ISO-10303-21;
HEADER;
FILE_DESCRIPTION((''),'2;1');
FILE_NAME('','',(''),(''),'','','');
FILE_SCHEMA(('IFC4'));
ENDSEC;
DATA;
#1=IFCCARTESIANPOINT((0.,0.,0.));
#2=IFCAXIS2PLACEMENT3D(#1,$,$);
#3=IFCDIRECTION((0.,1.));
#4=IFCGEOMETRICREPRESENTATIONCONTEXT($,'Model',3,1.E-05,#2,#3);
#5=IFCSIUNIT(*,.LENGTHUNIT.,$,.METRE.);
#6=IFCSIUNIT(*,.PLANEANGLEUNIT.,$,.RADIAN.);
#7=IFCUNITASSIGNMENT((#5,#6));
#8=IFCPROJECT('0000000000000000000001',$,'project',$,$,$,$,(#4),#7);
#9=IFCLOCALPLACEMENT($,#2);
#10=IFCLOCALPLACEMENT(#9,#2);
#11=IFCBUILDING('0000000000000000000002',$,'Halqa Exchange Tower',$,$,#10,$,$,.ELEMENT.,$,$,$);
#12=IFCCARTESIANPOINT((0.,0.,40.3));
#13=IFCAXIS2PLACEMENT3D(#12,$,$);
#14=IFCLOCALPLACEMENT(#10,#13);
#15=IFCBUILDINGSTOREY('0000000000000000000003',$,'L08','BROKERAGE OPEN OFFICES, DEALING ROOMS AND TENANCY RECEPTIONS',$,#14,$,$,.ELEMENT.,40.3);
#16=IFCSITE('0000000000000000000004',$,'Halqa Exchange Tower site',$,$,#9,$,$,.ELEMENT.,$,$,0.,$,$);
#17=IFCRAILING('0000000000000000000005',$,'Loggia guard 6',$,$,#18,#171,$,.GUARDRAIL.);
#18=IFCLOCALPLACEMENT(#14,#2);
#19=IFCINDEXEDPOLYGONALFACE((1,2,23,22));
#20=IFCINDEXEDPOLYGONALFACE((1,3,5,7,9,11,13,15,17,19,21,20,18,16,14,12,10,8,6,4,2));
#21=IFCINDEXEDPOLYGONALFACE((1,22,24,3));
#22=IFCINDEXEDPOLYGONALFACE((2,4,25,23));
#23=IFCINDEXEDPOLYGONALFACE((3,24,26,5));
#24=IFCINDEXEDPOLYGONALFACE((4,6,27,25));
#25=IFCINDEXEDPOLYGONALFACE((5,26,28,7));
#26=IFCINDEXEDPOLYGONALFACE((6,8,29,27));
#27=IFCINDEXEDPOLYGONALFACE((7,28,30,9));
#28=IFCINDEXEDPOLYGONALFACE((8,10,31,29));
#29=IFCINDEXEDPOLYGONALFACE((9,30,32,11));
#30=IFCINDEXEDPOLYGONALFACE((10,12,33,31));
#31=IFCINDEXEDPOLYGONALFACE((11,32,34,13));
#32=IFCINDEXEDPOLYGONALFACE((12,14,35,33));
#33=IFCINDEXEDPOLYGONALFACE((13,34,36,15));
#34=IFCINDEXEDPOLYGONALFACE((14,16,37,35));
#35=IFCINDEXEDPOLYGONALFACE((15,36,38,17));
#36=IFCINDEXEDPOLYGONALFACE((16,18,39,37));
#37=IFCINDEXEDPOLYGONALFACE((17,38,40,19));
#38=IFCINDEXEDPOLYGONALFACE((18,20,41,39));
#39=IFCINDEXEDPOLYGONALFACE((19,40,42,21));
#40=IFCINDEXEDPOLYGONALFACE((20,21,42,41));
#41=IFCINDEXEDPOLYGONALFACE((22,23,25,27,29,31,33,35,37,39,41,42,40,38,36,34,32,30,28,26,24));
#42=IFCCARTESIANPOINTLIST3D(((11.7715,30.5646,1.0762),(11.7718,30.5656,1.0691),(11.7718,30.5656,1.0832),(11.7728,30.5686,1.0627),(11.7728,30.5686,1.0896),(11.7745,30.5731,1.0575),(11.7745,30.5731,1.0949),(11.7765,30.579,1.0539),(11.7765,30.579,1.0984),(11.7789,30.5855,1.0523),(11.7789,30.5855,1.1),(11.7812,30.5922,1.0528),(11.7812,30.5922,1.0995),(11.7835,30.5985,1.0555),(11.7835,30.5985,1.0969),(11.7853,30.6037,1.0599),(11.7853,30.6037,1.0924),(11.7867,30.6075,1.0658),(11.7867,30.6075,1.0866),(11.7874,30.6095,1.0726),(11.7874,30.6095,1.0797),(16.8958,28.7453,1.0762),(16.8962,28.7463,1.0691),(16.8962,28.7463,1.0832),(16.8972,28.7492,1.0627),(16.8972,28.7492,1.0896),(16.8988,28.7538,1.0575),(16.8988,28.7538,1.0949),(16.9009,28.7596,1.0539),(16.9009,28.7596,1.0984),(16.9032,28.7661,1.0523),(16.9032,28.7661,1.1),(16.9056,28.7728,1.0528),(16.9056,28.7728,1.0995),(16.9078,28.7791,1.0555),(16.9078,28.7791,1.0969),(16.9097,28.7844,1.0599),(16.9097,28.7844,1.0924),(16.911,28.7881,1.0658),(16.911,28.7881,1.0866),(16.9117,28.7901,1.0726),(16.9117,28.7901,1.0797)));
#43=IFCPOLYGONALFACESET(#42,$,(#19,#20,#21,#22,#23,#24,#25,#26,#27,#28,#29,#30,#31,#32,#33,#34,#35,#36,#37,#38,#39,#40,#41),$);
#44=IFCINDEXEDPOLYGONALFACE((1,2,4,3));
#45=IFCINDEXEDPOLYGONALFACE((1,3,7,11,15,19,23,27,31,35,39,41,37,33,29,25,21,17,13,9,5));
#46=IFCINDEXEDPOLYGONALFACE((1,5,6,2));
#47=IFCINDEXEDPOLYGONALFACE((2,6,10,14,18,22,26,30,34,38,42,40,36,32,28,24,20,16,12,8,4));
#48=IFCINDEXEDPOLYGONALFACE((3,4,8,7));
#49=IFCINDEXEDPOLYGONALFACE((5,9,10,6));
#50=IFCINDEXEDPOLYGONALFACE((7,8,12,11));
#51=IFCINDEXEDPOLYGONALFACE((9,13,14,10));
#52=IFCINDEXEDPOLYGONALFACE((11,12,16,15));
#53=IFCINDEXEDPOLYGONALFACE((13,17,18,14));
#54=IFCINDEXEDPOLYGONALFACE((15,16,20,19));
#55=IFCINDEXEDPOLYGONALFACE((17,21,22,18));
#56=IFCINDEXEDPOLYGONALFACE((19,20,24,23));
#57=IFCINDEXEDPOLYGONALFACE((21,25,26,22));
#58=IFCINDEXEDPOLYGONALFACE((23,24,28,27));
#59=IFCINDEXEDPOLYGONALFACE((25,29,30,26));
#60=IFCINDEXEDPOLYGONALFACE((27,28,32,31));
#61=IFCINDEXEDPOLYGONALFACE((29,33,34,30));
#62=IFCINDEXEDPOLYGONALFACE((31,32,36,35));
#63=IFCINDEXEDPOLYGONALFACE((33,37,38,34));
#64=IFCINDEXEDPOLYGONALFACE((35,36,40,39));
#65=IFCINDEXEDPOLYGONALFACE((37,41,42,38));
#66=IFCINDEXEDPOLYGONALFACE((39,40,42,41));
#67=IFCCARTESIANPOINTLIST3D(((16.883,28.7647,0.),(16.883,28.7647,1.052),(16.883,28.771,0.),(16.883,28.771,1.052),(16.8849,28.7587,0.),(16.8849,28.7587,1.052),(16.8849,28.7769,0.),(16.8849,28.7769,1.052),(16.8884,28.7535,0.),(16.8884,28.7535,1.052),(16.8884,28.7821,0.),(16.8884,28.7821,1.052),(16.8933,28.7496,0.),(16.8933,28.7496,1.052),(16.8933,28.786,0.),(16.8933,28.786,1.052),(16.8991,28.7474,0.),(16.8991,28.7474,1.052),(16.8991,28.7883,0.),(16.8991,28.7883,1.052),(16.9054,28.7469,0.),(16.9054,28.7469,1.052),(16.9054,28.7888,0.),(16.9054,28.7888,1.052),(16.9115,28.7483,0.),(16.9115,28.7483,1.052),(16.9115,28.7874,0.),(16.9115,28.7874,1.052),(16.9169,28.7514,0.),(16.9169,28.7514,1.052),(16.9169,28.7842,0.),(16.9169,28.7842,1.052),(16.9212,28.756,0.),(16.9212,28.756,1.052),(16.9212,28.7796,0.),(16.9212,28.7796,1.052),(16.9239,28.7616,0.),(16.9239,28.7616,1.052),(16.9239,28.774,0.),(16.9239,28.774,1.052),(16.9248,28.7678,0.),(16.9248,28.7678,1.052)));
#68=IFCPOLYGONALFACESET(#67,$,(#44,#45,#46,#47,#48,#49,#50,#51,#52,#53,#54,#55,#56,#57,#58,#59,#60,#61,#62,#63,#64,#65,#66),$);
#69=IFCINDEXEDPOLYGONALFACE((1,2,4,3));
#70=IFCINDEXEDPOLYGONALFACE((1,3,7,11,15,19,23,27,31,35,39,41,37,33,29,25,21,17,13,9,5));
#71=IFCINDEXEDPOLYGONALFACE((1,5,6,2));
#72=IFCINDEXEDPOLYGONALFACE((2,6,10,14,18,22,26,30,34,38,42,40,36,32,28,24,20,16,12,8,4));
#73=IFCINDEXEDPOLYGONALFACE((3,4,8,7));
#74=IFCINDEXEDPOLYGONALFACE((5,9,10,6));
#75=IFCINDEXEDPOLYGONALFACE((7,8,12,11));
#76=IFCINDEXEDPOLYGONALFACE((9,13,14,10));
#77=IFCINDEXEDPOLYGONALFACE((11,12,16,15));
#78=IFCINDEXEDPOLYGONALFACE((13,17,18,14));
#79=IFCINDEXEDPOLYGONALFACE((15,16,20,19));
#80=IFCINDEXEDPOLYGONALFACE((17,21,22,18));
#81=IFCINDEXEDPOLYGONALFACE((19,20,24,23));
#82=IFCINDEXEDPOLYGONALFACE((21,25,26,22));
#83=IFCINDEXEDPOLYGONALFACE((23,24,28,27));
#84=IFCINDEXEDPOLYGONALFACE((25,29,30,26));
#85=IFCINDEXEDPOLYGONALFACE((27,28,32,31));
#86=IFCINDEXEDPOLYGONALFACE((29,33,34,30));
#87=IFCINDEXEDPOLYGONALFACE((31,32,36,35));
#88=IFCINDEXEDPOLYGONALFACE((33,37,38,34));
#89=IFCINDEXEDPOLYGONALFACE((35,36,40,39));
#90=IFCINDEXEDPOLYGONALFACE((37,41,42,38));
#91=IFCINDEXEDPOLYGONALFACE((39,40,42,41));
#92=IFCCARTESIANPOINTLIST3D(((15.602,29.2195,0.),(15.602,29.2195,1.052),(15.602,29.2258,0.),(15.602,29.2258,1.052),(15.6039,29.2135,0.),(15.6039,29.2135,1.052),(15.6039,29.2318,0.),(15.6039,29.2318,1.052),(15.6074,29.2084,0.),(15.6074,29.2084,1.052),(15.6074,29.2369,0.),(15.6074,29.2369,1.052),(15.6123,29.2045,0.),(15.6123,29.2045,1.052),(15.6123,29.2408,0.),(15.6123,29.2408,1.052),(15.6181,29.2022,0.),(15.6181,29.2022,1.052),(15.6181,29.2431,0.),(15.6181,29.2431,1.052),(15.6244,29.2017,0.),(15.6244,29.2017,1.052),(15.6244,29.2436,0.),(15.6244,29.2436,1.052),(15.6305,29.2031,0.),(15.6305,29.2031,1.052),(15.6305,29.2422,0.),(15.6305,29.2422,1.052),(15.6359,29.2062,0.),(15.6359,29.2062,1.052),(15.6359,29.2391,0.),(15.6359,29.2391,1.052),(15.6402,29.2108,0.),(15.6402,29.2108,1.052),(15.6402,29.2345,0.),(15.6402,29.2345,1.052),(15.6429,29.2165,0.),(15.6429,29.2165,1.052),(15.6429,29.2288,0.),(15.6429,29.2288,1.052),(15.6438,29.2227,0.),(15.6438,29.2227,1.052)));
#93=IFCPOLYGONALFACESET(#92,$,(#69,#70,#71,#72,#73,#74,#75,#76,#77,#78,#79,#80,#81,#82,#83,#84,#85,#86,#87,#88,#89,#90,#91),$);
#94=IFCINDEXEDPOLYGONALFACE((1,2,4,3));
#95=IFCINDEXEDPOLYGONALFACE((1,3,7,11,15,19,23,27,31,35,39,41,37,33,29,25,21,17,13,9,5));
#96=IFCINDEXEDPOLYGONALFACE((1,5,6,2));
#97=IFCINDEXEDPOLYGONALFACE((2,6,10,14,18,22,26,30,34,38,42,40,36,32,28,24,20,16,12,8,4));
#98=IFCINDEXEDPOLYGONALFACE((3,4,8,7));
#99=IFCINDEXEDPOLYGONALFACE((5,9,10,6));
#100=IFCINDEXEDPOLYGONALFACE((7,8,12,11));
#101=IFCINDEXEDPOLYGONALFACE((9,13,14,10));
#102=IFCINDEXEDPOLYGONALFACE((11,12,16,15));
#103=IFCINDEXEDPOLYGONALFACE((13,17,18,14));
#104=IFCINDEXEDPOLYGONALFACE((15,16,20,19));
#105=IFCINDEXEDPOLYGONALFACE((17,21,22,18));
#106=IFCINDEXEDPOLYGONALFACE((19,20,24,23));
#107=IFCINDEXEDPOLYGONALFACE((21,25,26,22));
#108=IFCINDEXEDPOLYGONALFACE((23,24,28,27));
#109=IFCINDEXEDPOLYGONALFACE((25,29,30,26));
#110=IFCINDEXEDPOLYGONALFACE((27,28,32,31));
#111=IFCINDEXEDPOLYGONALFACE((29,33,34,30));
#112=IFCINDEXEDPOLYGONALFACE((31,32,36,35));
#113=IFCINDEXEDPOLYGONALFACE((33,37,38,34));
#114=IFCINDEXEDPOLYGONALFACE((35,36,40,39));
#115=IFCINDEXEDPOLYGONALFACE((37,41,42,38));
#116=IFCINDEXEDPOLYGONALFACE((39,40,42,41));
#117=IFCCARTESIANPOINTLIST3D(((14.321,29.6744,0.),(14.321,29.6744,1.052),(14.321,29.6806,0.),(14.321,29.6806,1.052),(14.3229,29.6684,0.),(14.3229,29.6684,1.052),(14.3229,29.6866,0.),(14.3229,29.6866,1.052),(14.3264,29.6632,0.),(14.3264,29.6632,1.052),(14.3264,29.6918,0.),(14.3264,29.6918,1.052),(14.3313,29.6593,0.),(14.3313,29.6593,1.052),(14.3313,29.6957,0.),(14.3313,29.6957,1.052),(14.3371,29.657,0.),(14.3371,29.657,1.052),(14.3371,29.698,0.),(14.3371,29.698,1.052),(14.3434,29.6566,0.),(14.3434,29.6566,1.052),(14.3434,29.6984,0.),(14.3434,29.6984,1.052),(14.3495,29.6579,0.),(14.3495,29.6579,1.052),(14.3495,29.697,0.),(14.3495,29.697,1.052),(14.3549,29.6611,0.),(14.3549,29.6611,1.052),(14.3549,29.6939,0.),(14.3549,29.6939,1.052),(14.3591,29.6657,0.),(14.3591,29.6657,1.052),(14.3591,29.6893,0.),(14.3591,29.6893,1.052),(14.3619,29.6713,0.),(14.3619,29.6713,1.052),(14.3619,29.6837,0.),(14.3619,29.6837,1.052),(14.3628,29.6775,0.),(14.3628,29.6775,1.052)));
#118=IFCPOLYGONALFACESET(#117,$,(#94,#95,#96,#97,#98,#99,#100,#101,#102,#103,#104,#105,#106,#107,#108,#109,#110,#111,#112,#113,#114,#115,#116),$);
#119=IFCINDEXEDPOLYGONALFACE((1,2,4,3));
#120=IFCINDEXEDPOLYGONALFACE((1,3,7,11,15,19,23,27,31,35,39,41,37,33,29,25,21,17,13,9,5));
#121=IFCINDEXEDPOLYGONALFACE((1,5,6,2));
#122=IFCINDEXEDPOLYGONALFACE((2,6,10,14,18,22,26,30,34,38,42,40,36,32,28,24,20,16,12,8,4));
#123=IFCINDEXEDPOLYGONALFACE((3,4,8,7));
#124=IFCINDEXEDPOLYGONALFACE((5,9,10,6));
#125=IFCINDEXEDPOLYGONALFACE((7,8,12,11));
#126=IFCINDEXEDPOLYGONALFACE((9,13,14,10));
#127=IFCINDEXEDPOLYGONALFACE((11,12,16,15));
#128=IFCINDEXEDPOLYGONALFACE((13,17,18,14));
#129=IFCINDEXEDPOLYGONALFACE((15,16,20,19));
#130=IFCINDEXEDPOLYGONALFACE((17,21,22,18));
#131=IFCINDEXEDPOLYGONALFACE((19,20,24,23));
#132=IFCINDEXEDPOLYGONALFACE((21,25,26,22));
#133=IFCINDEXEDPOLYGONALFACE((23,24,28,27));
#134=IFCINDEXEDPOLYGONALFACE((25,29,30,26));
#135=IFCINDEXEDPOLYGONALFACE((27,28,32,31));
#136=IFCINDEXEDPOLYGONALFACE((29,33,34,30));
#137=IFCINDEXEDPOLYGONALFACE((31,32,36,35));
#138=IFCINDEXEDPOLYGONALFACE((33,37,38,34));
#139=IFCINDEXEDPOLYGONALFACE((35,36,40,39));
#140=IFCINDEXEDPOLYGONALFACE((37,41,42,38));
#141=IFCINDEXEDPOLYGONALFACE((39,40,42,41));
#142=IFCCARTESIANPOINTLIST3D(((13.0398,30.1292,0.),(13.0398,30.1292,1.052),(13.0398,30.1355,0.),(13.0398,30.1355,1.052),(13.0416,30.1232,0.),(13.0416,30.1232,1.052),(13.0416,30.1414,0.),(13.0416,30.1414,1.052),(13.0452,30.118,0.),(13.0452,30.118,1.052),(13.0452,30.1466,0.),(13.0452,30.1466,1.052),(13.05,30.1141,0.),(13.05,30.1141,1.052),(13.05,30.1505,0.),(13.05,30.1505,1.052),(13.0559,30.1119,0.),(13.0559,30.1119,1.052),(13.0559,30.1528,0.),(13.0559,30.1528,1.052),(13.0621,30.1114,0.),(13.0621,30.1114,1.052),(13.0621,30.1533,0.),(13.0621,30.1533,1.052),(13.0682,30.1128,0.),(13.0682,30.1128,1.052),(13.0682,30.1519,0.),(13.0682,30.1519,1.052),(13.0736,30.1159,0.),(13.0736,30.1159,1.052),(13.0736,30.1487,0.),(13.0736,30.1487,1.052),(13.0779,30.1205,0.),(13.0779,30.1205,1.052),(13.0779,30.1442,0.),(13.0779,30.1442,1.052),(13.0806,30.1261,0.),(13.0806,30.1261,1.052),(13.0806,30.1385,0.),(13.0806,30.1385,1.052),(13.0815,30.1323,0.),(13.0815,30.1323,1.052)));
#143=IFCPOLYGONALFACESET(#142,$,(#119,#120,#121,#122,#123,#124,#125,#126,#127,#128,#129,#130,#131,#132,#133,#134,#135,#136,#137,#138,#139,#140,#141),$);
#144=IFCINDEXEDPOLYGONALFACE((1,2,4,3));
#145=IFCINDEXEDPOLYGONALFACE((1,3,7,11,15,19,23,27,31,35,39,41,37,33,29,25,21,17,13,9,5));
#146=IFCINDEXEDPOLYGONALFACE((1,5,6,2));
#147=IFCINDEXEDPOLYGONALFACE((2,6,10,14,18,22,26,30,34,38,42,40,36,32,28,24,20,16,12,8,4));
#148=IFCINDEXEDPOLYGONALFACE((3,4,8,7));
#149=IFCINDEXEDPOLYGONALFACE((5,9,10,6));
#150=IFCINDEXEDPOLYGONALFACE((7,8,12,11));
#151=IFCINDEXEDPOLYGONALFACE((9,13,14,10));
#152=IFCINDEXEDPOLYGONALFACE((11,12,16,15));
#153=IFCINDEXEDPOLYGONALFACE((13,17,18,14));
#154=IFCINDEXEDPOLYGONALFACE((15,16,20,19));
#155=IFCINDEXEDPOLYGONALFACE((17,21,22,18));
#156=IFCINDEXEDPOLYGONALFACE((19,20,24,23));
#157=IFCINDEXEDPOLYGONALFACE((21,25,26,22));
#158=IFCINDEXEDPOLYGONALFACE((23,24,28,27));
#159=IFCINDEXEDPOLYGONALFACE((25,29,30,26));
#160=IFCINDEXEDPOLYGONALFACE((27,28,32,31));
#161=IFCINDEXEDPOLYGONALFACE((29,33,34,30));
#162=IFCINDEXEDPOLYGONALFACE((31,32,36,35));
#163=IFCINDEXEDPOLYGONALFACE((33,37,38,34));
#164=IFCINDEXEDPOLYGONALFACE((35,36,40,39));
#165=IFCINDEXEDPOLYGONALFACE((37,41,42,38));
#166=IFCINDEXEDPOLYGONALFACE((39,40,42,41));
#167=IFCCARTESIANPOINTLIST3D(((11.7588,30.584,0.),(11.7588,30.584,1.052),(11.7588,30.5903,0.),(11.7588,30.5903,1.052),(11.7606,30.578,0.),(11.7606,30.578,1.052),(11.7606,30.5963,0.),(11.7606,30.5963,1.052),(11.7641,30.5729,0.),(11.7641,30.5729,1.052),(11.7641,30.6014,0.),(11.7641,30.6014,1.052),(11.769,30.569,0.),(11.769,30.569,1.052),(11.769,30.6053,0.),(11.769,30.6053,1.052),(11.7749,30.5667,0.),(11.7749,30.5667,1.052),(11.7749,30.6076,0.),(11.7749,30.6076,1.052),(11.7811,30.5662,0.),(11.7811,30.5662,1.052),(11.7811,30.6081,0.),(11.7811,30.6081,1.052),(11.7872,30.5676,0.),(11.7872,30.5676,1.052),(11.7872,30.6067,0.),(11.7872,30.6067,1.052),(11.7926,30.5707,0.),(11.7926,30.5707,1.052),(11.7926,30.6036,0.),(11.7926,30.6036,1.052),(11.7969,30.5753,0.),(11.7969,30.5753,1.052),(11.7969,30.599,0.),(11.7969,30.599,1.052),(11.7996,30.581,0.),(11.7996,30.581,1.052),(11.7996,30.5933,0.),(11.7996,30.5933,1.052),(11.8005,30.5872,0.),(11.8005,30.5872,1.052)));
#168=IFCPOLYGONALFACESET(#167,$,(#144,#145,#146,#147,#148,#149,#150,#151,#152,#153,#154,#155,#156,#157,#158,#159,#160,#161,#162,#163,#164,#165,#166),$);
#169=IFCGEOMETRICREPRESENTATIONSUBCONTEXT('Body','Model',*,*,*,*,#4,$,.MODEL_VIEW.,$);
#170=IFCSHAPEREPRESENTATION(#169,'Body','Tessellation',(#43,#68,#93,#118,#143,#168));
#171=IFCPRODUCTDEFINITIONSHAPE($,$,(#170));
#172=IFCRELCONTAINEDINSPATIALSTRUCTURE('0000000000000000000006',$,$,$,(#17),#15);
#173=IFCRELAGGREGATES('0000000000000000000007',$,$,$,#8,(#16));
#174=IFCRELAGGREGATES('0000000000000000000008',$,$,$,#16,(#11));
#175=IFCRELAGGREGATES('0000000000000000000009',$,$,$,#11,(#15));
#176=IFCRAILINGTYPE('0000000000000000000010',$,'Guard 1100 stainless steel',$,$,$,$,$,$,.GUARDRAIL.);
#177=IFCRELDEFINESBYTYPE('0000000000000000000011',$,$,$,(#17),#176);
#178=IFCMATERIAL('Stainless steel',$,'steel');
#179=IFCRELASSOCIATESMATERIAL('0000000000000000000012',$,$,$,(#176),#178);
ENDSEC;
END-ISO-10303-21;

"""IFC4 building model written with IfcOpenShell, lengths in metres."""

from ifc_helpers import new_model, si_unit, direction, frame, origin, origin_2d, place, context, subcontext, project, spatial, circle, extrude, material, type_object, element, save


model = new_model("IFC4")

# Units and contexts
model_context = context("Model", 3, precision=1e-05, world=origin(), true_north=direction((0.0, 1.0)))
body_context = subcontext(model_context, "Body", "Model", "MODEL_VIEW")
ifc_project = project(units=[si_unit("LENGTHUNIT", "METRE"), si_unit("PLANEANGLEUNIT", "RADIAN")], contexts=[model_context])

# Site, building, storey
site_placement = place(None, origin())
site = spatial("IfcSite", under=ifc_project, at=site_placement, Name="Halqa Exchange Tower site", CompositionType="ELEMENT", RefElevation=0.0)
building_placement = place(site_placement, origin())
building = spatial("IfcBuilding", under=site, at=building_placement, Name="Halqa Exchange Tower", CompositionType="ELEMENT")
storey_placement = place(building_placement, frame((0.0, 0.0, 40.3)))
storey = spatial("IfcBuildingStorey", under=building, at=storey_placement, Name="L08", Description="BROKERAGE OPEN OFFICES, DEALING ROOMS AND TENANCY RECEPTIONS", CompositionType="ELEMENT", Elevation=40.3)

# Railing
ifc_material_1 = material(Name="Stainless steel", Category="steel")
railing_type = type_object("IfcRailingType", Name="Guard 1100 stainless steel", PredefinedType="GUARDRAIL", material=ifc_material_1)
railing_1_placement = place(storey_placement, frame((16.9038, 28.7678, 0.0)))
element("IfcRailing", 1, at=railing_1_placement, inside=storey, type_object=railing_type, Name="Loggia guard 6", PredefinedType="GUARDRAIL", context=body_context, shape_type="SweptSolid", body=[
    extrude(circle(Radius=0.0239, at=origin_2d()), frame((0.0, 0.0, 1.0762), z_axis=(-0.942367, 0.334581, 0.0), x_axis=(-0.334581, -0.942367, 0.0)), (0.0, 0.0, 1.0), 5.4377),
    extrude(circle(Radius=0.021, at=origin_2d()), origin(), (0.0, 0.0, 1.0), 1.052),
    extrude(circle(Radius=0.021, at=origin_2d()), frame((-1.281, 0.4548, 0.0)), (0.0, 0.0, 1.0), 1.052),
    extrude(circle(Radius=0.021, at=origin_2d()), frame((-2.562, 0.9097, 0.0)), (0.0, 0.0, 1.0), 1.052),
    extrude(circle(Radius=0.021, at=origin_2d()), frame((-3.8433, 1.3645, 0.0)), (0.0, 0.0, 1.0), 1.052),
    extrude(circle(Radius=0.021, at=origin_2d()), frame((-5.1243, 1.8193, 0.0)), (0.0, 0.0, 1.0), 1.052),
])

save(model, "model.ifc")
